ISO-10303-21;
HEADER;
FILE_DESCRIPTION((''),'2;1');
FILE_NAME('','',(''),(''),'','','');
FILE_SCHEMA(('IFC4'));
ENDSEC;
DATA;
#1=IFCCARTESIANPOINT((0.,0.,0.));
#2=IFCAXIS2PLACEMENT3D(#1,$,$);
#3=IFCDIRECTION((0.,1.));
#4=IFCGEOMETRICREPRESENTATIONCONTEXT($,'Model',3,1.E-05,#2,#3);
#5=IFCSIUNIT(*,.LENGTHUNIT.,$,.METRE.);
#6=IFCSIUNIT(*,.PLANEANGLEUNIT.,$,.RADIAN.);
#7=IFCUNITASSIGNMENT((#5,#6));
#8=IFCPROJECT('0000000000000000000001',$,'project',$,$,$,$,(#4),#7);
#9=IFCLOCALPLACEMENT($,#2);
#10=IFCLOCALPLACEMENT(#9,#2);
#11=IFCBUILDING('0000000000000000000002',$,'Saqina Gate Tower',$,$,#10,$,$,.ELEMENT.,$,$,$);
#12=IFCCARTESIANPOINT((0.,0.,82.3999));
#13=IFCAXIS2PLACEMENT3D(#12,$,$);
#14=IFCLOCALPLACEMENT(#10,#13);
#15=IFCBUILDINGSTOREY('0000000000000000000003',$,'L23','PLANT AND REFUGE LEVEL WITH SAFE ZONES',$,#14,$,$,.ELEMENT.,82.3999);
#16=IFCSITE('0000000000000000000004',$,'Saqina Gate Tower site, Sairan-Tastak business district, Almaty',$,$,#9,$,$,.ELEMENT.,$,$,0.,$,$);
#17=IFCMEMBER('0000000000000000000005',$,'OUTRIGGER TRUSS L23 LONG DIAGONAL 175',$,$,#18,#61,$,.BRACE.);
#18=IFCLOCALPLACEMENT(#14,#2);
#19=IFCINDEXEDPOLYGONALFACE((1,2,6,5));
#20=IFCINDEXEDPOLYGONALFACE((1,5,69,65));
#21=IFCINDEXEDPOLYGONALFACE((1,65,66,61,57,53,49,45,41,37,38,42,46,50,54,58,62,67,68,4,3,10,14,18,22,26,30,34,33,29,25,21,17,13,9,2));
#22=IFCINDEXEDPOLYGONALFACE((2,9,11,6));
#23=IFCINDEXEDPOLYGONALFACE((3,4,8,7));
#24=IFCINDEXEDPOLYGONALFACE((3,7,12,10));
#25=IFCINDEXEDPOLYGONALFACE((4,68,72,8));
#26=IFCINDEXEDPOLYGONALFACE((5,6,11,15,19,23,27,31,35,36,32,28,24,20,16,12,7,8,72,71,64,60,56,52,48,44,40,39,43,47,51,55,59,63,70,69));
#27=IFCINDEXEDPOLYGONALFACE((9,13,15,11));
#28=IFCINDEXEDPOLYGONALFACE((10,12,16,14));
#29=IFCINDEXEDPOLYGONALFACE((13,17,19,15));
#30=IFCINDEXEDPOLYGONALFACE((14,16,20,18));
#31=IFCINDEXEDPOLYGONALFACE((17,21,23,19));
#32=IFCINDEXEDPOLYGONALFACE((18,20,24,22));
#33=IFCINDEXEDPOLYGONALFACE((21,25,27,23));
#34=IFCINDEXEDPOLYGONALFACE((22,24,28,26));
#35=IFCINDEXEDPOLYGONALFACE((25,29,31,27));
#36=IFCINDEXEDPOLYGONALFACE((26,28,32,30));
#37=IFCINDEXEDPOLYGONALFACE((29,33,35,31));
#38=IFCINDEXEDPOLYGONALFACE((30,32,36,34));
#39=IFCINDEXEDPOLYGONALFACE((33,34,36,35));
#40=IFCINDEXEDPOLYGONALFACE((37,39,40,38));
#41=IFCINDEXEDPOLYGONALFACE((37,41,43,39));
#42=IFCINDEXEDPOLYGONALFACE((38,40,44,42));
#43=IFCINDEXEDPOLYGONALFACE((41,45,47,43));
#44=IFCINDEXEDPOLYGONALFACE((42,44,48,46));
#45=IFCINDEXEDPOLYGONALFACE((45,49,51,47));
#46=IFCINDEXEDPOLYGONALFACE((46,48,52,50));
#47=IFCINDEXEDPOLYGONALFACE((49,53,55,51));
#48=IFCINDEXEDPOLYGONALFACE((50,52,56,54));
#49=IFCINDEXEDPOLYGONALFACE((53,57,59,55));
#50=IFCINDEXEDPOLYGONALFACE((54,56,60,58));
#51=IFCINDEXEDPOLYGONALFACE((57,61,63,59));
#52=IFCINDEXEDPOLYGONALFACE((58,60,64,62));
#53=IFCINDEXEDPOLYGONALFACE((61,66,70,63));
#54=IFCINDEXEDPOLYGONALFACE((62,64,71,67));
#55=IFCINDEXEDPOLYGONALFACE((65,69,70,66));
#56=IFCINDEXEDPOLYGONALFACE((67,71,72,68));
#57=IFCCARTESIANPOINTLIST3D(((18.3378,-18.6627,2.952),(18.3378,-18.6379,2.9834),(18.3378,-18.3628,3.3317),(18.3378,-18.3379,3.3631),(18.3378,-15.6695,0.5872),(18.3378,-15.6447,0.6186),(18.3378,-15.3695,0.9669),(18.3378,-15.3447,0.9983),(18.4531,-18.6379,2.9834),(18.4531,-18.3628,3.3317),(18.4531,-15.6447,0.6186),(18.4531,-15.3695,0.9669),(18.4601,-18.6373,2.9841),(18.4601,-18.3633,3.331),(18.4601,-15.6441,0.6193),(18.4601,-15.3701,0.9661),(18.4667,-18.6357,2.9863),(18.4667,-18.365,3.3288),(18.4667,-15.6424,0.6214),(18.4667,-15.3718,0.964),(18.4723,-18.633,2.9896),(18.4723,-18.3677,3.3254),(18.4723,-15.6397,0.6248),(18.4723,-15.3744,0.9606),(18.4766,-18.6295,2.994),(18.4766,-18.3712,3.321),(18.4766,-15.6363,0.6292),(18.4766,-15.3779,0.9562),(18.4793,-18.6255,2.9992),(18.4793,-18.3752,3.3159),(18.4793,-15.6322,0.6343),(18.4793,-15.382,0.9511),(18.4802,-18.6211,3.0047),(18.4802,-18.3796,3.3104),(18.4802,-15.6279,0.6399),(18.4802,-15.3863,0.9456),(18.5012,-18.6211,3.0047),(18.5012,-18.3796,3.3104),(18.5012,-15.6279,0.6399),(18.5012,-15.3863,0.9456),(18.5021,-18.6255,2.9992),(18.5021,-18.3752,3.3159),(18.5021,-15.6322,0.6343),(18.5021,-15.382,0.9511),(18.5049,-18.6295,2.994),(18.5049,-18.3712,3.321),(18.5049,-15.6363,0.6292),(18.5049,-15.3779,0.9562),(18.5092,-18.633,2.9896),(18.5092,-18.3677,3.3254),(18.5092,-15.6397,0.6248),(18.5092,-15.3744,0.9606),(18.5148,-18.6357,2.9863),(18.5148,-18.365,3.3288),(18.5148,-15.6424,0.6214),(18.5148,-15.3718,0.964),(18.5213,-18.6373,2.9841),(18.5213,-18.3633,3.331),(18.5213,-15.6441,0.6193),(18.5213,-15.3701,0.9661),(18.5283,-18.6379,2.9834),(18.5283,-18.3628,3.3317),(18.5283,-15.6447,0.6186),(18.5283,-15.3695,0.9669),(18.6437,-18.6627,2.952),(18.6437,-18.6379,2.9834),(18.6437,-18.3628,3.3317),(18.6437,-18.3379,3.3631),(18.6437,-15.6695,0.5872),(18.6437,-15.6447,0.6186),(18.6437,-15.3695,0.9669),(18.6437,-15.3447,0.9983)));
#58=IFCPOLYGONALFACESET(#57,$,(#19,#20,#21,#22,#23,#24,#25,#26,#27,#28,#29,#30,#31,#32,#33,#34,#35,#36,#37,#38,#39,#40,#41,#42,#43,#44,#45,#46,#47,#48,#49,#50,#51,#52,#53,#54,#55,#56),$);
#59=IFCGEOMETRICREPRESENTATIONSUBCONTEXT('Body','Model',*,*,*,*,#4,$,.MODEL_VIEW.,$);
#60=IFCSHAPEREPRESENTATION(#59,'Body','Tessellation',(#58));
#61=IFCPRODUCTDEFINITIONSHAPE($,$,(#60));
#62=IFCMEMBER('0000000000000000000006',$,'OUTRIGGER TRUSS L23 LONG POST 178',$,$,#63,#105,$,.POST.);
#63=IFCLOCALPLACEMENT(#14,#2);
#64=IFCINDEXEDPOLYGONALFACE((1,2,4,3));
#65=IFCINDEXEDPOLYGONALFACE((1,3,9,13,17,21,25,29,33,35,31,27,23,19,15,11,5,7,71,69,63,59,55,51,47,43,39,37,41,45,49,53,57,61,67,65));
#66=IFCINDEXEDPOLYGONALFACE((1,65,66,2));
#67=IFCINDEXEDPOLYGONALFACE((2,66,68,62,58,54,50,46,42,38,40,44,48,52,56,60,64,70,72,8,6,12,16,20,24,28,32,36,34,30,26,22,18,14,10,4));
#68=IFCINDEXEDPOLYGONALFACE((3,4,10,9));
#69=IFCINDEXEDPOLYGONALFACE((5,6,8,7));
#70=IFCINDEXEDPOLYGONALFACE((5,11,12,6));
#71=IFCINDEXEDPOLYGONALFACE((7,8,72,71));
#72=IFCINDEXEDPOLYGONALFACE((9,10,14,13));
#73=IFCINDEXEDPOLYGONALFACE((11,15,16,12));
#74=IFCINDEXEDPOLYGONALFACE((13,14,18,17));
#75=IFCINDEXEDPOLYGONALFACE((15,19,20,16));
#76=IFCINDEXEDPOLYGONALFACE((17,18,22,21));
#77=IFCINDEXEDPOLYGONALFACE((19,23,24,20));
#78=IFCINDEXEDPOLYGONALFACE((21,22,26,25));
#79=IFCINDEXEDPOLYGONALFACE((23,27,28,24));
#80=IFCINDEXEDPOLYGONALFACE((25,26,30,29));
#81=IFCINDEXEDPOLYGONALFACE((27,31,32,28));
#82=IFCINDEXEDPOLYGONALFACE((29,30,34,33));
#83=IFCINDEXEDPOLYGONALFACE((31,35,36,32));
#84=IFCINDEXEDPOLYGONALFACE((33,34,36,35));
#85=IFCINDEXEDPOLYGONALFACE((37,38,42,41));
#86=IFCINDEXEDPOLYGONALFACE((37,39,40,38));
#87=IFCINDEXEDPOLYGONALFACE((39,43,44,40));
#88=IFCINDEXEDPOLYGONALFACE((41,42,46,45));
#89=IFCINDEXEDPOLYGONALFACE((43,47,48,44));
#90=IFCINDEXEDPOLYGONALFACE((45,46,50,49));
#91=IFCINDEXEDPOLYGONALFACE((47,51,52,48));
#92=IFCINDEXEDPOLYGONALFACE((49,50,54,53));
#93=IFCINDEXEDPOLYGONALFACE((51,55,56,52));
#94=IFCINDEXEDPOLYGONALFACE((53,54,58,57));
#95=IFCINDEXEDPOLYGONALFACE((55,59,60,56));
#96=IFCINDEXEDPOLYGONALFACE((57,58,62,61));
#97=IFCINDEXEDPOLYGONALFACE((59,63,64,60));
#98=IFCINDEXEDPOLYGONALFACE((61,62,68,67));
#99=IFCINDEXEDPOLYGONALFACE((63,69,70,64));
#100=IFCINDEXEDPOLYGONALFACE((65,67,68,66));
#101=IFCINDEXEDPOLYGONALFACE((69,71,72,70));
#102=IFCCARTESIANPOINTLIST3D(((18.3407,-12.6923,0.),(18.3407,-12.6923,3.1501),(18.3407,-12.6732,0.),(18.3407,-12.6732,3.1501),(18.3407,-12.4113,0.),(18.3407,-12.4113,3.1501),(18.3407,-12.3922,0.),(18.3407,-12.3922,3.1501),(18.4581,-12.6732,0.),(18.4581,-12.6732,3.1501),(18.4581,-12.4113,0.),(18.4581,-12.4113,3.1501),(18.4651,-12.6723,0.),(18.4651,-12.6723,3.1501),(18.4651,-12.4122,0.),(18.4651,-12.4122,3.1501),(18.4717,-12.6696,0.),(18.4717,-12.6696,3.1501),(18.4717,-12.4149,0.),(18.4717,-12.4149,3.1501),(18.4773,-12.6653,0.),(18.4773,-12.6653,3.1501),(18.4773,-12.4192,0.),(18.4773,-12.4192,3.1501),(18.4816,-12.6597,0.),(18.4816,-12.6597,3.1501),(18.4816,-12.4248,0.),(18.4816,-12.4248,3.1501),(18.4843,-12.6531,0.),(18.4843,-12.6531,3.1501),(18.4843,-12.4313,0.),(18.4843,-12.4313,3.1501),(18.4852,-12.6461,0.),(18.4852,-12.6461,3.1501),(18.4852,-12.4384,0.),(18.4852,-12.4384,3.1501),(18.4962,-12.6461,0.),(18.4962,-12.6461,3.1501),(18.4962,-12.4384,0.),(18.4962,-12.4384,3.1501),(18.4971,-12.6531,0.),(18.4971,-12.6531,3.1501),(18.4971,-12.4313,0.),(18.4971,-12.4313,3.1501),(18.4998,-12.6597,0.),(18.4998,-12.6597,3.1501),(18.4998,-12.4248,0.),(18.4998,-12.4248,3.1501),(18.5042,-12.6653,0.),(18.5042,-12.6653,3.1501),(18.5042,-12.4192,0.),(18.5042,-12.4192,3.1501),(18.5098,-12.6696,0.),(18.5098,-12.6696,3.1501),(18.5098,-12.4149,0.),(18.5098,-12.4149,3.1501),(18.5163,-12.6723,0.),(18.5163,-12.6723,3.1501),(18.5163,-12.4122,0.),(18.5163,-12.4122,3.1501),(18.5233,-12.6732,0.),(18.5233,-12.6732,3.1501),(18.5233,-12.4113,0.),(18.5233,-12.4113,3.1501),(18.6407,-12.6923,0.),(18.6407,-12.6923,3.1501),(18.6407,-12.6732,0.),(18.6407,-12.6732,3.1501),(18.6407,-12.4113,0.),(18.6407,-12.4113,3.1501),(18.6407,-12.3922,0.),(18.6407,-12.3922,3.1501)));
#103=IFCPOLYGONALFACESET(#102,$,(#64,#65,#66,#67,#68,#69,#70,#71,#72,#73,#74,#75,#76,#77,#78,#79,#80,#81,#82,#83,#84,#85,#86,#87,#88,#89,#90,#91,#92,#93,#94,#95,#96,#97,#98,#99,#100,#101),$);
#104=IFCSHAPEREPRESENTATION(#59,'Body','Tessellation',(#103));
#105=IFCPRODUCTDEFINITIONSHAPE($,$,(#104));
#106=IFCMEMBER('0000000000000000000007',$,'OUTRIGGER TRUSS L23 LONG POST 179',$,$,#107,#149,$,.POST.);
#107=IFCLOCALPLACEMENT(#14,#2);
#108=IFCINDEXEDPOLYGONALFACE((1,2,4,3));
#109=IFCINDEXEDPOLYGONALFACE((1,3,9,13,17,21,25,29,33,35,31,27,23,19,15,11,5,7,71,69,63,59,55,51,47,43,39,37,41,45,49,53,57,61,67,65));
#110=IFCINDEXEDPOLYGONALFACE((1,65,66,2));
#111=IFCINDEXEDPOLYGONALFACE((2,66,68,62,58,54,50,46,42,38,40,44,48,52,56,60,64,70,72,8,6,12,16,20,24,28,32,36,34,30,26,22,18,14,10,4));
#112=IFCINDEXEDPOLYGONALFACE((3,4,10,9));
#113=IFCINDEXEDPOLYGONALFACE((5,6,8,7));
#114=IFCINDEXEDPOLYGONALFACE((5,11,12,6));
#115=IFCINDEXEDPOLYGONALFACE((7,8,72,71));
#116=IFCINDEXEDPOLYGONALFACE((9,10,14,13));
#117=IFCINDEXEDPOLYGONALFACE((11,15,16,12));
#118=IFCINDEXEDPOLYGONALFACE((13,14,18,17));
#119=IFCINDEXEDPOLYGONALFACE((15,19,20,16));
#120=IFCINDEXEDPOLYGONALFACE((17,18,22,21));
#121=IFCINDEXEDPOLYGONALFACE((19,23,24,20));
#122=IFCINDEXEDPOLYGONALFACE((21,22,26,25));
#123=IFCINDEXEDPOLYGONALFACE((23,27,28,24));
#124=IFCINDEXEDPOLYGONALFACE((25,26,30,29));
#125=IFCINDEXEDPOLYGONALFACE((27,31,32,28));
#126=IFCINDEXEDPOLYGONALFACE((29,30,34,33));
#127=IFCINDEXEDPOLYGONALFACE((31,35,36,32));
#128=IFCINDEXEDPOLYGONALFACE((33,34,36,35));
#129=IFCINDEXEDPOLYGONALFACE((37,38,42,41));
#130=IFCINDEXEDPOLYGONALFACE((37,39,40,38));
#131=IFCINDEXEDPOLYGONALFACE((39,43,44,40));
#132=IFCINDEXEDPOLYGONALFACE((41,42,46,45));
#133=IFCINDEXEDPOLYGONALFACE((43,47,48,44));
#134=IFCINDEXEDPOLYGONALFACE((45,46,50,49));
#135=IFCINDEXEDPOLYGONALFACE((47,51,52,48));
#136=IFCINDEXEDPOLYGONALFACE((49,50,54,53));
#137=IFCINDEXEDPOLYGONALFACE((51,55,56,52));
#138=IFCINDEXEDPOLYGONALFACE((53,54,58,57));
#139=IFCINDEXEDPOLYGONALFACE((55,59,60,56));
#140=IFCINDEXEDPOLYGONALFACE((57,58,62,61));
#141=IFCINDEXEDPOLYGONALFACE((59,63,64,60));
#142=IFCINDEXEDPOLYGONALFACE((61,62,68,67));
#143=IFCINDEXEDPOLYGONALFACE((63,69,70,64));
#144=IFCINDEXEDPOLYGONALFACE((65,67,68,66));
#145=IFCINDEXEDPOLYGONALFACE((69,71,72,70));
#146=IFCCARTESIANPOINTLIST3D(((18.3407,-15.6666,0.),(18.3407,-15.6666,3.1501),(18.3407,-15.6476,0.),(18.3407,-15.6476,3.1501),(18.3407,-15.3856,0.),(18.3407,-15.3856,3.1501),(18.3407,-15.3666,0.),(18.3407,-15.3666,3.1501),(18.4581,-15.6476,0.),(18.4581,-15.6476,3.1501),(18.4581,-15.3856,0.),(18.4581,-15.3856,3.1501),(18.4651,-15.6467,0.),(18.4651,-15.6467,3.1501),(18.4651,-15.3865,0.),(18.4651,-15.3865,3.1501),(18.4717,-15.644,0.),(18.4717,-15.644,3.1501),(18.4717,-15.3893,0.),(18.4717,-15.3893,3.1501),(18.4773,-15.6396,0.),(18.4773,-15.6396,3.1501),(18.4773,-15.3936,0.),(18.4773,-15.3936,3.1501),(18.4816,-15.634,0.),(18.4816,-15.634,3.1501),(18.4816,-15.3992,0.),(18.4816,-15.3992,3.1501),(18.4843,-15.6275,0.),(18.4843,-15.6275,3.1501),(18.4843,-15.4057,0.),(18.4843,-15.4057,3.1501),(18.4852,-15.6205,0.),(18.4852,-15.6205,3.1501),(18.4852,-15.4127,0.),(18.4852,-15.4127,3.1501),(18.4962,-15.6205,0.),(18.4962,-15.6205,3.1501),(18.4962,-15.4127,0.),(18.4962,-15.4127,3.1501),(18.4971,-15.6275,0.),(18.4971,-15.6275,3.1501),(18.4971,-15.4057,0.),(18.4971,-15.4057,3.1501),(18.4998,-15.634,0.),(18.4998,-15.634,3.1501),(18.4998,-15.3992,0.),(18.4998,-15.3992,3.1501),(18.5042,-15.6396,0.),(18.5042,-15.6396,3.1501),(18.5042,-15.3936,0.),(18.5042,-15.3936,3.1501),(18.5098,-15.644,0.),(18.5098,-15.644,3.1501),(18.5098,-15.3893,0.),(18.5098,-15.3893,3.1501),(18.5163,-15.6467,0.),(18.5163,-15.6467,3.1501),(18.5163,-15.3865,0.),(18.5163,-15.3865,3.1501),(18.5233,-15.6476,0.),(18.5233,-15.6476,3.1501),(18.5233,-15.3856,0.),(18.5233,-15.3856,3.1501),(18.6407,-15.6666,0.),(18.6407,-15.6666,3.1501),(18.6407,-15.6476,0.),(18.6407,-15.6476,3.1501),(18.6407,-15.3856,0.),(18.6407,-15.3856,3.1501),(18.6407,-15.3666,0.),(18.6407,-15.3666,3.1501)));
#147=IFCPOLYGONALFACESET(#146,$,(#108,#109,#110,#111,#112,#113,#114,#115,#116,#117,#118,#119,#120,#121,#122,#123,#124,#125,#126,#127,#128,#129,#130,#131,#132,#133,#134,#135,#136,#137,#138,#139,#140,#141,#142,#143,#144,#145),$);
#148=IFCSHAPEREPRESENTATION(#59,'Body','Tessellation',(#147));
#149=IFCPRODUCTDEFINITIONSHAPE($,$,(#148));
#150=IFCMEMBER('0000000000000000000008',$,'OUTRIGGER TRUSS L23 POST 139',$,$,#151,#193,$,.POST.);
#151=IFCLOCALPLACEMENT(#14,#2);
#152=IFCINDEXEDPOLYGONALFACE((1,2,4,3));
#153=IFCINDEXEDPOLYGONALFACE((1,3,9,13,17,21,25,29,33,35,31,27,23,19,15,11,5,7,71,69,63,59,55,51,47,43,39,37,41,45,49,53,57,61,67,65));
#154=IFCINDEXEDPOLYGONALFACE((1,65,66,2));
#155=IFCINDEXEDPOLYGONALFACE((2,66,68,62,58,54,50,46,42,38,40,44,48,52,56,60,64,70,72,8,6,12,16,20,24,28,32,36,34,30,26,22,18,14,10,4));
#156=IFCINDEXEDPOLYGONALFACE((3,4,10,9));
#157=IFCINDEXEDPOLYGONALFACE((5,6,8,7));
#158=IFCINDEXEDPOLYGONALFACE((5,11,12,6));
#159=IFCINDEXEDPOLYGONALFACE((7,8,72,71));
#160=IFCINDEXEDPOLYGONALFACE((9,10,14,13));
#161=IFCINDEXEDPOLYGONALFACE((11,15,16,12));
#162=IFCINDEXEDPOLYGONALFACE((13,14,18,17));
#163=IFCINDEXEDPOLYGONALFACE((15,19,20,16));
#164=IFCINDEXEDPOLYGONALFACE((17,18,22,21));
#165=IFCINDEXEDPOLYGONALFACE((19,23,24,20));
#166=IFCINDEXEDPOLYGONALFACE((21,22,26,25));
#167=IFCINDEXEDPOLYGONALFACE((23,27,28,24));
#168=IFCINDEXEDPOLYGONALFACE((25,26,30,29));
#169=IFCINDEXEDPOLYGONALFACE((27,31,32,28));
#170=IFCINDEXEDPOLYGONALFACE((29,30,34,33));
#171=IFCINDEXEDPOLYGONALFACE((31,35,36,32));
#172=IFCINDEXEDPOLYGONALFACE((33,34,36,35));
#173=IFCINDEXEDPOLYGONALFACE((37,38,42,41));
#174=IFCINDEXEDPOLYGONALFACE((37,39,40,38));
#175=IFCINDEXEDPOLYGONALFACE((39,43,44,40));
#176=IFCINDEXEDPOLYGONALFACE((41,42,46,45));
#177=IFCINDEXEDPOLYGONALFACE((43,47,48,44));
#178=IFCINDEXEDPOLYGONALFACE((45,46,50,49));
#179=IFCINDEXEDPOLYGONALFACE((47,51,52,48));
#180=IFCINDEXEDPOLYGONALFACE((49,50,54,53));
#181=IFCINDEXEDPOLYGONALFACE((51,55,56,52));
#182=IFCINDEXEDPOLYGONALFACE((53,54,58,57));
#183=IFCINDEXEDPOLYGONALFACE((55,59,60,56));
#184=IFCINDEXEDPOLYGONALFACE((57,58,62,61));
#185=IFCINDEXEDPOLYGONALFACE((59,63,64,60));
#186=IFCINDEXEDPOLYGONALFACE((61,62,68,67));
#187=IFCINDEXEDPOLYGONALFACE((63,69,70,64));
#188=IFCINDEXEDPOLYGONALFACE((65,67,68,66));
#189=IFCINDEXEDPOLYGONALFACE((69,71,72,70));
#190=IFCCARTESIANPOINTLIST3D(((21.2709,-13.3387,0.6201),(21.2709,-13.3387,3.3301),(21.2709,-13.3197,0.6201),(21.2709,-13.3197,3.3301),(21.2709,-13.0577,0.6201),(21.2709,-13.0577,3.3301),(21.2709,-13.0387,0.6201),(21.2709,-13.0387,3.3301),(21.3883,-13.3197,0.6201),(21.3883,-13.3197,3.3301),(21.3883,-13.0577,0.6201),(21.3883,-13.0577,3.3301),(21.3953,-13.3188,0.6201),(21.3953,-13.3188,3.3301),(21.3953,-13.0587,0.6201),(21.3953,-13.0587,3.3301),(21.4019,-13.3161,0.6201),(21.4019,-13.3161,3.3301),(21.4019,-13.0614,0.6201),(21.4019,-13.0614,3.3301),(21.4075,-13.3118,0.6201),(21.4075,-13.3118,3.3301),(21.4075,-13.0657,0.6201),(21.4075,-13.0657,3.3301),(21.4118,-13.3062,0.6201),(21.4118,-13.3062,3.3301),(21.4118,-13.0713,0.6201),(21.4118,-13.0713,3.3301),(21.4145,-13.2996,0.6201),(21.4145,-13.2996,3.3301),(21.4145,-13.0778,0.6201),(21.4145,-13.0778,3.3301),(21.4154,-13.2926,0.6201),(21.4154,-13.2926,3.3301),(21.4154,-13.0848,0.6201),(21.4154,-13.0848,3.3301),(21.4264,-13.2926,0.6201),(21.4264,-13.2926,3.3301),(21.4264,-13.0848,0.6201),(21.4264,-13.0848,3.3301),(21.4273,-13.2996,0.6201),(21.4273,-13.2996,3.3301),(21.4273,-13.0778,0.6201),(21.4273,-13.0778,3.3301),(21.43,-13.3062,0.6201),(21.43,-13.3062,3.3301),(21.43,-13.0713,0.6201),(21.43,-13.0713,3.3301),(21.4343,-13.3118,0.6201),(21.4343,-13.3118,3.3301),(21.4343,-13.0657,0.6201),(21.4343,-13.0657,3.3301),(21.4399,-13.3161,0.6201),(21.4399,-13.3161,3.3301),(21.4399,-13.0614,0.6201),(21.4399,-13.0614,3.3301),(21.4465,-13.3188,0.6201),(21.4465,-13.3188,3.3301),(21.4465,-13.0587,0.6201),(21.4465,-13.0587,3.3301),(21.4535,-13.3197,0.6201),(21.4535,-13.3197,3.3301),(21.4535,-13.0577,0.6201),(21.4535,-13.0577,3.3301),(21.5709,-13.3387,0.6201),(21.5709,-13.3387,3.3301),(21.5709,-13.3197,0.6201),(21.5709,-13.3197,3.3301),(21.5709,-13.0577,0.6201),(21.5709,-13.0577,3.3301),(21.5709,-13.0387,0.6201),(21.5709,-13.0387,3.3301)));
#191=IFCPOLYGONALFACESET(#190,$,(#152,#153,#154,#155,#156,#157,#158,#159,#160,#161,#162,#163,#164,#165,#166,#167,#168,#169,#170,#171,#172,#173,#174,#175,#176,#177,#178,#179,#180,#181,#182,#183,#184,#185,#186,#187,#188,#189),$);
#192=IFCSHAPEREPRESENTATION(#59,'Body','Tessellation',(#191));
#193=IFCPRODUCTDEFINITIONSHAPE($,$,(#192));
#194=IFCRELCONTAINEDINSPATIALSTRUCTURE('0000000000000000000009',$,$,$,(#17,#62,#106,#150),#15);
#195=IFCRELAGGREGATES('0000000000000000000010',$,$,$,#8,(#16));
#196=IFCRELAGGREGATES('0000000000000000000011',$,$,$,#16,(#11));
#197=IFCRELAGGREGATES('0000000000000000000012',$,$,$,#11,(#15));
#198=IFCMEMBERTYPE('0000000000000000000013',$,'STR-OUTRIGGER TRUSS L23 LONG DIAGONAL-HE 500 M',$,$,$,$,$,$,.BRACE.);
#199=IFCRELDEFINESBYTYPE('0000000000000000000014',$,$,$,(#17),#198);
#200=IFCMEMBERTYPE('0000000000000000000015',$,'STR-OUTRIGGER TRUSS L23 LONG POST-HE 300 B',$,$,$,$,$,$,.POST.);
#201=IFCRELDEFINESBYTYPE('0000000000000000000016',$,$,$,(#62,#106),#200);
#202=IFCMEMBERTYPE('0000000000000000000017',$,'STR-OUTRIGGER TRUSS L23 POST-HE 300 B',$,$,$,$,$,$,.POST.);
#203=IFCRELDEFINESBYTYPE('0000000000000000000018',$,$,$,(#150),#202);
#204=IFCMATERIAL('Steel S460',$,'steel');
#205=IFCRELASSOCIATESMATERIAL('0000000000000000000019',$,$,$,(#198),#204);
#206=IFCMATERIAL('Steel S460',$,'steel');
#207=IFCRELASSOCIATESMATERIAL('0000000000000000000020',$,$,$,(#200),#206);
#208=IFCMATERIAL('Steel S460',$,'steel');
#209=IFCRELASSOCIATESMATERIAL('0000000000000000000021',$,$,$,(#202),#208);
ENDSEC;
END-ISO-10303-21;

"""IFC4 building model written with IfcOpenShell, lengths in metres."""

from ifc_helpers import new_model, si_unit, direction, frame, origin, origin_2d, place, context, subcontext, project, spatial, i_section, extrude, material, material_profile, profile_set, type_object, element, save


model = new_model("IFC4")

# Units and contexts
model_context = context("Model", 3, precision=1e-05, world=origin(), true_north=direction((0.0, 1.0)))
body_context = subcontext(model_context, "Body", "Model", "MODEL_VIEW")
ifc_project = project(units=[si_unit("LENGTHUNIT", "METRE"), si_unit("PLANEANGLEUNIT", "RADIAN")], contexts=[model_context])

# Site, building, storey
site_placement = place(None, origin())
site = spatial("IfcSite", under=ifc_project, at=site_placement, Name="Saqina Gate Tower site, Sairan-Tastak business district, Almaty", CompositionType="ELEMENT", RefElevation=0.0)
building_placement = place(site_placement, origin())
building = spatial("IfcBuilding", under=site, at=building_placement, Name="Saqina Gate Tower", CompositionType="ELEMENT")
storey_placement = place(building_placement, frame((0.0, 0.0, 82.3999)))
storey = spatial("IfcBuildingStorey", under=building, at=storey_placement, Name="L23", Description="PLANT AND REFUGE LEVEL WITH SAFE ZONES", CompositionType="ELEMENT", Elevation=82.3999)

# Members
ifc_material_1 = material(Name="Steel S460", Category="steel")
ifc_material_profile_1 = material_profile(ifc_material_1, i_section(OverallWidth=0.3059, OverallDepth=0.5239, WebThickness=0.021, FlangeThickness=0.04, FilletRadius=0.0271, at=origin_2d()), Name="HE 500 M")
ifc_profile_set_1 = profile_set([ifc_material_profile_1], Name="Steel S460")
member_type_1 = type_object("IfcMemberType", Name="STR-OUTRIGGER TRUSS L23 LONG DIAGONAL-HE 500 M", PredefinedType="BRACE", material=ifc_profile_set_1)
member_1_placement = place(storey_placement, frame((18.4907, -15.5071, 0.7927), z_axis=(0.0, -0.784663, 0.619922), x_axis=(1.0, 0.0, 0.0)))
element("IfcMember", 1, at=member_1_placement, inside=storey, type_object=member_type_1, Name="OUTRIGGER TRUSS L23 LONG DIAGONAL 175", PredefinedType="BRACE", context=body_context, shape_type="SweptSolid", body=[
    extrude(i_section(OverallWidth=0.3059, OverallDepth=0.5239, WebThickness=0.021, FlangeThickness=0.04, FilletRadius=0.0271, at=origin_2d()), origin(), (0.0, 0.0, 1.0), 3.8147),
])
ifc_material_2 = material(Name="Steel S460", Category="steel")
ifc_material_profile_2 = material_profile(ifc_material_2, i_section(OverallWidth=0.3, OverallDepth=0.3, WebThickness=0.011, FlangeThickness=0.019, FilletRadius=0.0271, at=origin_2d()), Name="HE 300 B")
ifc_profile_set_2 = profile_set([ifc_material_profile_2], Name="Steel S460")
member_type_2 = type_object("IfcMemberType", Name="STR-OUTRIGGER TRUSS L23 LONG POST-HE 300 B", PredefinedType="POST", material=ifc_profile_set_2)
for number, where, z_axis, x_axis, name in (
    (2, (18.4907, -12.5422, 0.0), (0.0, 0.0, 1.0), (1.0, 0.0, 0.0), "OUTRIGGER TRUSS L23 LONG POST 178"),
    (3, (18.4907, -15.5166, 0.0), (0.0, 0.0, 1.0), (1.0, 0.0, 0.0), "OUTRIGGER TRUSS L23 LONG POST 179"),
):
    element("IfcMember", number, at=place(storey_placement, frame(where, z_axis=z_axis, x_axis=x_axis)), inside=storey, type_object=member_type_2, Name=name, PredefinedType="POST", context=body_context, shape_type="SweptSolid", body=[
        extrude(i_section(OverallWidth=0.3, OverallDepth=0.3, WebThickness=0.011, FlangeThickness=0.019, FilletRadius=0.0271, at=origin_2d()), origin(), (0.0, 0.0, 1.0), 3.1501),
    ])
ifc_material_3 = material(Name="Steel S460", Category="steel")
ifc_material_profile_3 = material_profile(ifc_material_3, i_section(OverallWidth=0.3, OverallDepth=0.3, WebThickness=0.011, FlangeThickness=0.019, FilletRadius=0.0271, at=origin_2d()), Name="HE 300 B")
ifc_profile_set_3 = profile_set([ifc_material_profile_3], Name="Steel S460")
member_type_3 = type_object("IfcMemberType", Name="STR-OUTRIGGER TRUSS L23 POST-HE 300 B", PredefinedType="POST", material=ifc_profile_set_3)
member_2_placement = place(storey_placement, frame((21.4209, -13.1887, 0.6201), z_axis=(0.0, 0.0, 1.0), x_axis=(1.0, 0.0, 0.0)))
element("IfcMember", 4, at=member_2_placement, inside=storey, type_object=member_type_3, Name="OUTRIGGER TRUSS L23 POST 139", PredefinedType="POST", context=body_context, shape_type="SweptSolid", body=[
    extrude(i_section(OverallWidth=0.3, OverallDepth=0.3, WebThickness=0.011, FlangeThickness=0.019, FilletRadius=0.0271, at=origin_2d()), origin(), (0.0, 0.0, 1.0), 2.71),
])

save(model, "model.ifc")
